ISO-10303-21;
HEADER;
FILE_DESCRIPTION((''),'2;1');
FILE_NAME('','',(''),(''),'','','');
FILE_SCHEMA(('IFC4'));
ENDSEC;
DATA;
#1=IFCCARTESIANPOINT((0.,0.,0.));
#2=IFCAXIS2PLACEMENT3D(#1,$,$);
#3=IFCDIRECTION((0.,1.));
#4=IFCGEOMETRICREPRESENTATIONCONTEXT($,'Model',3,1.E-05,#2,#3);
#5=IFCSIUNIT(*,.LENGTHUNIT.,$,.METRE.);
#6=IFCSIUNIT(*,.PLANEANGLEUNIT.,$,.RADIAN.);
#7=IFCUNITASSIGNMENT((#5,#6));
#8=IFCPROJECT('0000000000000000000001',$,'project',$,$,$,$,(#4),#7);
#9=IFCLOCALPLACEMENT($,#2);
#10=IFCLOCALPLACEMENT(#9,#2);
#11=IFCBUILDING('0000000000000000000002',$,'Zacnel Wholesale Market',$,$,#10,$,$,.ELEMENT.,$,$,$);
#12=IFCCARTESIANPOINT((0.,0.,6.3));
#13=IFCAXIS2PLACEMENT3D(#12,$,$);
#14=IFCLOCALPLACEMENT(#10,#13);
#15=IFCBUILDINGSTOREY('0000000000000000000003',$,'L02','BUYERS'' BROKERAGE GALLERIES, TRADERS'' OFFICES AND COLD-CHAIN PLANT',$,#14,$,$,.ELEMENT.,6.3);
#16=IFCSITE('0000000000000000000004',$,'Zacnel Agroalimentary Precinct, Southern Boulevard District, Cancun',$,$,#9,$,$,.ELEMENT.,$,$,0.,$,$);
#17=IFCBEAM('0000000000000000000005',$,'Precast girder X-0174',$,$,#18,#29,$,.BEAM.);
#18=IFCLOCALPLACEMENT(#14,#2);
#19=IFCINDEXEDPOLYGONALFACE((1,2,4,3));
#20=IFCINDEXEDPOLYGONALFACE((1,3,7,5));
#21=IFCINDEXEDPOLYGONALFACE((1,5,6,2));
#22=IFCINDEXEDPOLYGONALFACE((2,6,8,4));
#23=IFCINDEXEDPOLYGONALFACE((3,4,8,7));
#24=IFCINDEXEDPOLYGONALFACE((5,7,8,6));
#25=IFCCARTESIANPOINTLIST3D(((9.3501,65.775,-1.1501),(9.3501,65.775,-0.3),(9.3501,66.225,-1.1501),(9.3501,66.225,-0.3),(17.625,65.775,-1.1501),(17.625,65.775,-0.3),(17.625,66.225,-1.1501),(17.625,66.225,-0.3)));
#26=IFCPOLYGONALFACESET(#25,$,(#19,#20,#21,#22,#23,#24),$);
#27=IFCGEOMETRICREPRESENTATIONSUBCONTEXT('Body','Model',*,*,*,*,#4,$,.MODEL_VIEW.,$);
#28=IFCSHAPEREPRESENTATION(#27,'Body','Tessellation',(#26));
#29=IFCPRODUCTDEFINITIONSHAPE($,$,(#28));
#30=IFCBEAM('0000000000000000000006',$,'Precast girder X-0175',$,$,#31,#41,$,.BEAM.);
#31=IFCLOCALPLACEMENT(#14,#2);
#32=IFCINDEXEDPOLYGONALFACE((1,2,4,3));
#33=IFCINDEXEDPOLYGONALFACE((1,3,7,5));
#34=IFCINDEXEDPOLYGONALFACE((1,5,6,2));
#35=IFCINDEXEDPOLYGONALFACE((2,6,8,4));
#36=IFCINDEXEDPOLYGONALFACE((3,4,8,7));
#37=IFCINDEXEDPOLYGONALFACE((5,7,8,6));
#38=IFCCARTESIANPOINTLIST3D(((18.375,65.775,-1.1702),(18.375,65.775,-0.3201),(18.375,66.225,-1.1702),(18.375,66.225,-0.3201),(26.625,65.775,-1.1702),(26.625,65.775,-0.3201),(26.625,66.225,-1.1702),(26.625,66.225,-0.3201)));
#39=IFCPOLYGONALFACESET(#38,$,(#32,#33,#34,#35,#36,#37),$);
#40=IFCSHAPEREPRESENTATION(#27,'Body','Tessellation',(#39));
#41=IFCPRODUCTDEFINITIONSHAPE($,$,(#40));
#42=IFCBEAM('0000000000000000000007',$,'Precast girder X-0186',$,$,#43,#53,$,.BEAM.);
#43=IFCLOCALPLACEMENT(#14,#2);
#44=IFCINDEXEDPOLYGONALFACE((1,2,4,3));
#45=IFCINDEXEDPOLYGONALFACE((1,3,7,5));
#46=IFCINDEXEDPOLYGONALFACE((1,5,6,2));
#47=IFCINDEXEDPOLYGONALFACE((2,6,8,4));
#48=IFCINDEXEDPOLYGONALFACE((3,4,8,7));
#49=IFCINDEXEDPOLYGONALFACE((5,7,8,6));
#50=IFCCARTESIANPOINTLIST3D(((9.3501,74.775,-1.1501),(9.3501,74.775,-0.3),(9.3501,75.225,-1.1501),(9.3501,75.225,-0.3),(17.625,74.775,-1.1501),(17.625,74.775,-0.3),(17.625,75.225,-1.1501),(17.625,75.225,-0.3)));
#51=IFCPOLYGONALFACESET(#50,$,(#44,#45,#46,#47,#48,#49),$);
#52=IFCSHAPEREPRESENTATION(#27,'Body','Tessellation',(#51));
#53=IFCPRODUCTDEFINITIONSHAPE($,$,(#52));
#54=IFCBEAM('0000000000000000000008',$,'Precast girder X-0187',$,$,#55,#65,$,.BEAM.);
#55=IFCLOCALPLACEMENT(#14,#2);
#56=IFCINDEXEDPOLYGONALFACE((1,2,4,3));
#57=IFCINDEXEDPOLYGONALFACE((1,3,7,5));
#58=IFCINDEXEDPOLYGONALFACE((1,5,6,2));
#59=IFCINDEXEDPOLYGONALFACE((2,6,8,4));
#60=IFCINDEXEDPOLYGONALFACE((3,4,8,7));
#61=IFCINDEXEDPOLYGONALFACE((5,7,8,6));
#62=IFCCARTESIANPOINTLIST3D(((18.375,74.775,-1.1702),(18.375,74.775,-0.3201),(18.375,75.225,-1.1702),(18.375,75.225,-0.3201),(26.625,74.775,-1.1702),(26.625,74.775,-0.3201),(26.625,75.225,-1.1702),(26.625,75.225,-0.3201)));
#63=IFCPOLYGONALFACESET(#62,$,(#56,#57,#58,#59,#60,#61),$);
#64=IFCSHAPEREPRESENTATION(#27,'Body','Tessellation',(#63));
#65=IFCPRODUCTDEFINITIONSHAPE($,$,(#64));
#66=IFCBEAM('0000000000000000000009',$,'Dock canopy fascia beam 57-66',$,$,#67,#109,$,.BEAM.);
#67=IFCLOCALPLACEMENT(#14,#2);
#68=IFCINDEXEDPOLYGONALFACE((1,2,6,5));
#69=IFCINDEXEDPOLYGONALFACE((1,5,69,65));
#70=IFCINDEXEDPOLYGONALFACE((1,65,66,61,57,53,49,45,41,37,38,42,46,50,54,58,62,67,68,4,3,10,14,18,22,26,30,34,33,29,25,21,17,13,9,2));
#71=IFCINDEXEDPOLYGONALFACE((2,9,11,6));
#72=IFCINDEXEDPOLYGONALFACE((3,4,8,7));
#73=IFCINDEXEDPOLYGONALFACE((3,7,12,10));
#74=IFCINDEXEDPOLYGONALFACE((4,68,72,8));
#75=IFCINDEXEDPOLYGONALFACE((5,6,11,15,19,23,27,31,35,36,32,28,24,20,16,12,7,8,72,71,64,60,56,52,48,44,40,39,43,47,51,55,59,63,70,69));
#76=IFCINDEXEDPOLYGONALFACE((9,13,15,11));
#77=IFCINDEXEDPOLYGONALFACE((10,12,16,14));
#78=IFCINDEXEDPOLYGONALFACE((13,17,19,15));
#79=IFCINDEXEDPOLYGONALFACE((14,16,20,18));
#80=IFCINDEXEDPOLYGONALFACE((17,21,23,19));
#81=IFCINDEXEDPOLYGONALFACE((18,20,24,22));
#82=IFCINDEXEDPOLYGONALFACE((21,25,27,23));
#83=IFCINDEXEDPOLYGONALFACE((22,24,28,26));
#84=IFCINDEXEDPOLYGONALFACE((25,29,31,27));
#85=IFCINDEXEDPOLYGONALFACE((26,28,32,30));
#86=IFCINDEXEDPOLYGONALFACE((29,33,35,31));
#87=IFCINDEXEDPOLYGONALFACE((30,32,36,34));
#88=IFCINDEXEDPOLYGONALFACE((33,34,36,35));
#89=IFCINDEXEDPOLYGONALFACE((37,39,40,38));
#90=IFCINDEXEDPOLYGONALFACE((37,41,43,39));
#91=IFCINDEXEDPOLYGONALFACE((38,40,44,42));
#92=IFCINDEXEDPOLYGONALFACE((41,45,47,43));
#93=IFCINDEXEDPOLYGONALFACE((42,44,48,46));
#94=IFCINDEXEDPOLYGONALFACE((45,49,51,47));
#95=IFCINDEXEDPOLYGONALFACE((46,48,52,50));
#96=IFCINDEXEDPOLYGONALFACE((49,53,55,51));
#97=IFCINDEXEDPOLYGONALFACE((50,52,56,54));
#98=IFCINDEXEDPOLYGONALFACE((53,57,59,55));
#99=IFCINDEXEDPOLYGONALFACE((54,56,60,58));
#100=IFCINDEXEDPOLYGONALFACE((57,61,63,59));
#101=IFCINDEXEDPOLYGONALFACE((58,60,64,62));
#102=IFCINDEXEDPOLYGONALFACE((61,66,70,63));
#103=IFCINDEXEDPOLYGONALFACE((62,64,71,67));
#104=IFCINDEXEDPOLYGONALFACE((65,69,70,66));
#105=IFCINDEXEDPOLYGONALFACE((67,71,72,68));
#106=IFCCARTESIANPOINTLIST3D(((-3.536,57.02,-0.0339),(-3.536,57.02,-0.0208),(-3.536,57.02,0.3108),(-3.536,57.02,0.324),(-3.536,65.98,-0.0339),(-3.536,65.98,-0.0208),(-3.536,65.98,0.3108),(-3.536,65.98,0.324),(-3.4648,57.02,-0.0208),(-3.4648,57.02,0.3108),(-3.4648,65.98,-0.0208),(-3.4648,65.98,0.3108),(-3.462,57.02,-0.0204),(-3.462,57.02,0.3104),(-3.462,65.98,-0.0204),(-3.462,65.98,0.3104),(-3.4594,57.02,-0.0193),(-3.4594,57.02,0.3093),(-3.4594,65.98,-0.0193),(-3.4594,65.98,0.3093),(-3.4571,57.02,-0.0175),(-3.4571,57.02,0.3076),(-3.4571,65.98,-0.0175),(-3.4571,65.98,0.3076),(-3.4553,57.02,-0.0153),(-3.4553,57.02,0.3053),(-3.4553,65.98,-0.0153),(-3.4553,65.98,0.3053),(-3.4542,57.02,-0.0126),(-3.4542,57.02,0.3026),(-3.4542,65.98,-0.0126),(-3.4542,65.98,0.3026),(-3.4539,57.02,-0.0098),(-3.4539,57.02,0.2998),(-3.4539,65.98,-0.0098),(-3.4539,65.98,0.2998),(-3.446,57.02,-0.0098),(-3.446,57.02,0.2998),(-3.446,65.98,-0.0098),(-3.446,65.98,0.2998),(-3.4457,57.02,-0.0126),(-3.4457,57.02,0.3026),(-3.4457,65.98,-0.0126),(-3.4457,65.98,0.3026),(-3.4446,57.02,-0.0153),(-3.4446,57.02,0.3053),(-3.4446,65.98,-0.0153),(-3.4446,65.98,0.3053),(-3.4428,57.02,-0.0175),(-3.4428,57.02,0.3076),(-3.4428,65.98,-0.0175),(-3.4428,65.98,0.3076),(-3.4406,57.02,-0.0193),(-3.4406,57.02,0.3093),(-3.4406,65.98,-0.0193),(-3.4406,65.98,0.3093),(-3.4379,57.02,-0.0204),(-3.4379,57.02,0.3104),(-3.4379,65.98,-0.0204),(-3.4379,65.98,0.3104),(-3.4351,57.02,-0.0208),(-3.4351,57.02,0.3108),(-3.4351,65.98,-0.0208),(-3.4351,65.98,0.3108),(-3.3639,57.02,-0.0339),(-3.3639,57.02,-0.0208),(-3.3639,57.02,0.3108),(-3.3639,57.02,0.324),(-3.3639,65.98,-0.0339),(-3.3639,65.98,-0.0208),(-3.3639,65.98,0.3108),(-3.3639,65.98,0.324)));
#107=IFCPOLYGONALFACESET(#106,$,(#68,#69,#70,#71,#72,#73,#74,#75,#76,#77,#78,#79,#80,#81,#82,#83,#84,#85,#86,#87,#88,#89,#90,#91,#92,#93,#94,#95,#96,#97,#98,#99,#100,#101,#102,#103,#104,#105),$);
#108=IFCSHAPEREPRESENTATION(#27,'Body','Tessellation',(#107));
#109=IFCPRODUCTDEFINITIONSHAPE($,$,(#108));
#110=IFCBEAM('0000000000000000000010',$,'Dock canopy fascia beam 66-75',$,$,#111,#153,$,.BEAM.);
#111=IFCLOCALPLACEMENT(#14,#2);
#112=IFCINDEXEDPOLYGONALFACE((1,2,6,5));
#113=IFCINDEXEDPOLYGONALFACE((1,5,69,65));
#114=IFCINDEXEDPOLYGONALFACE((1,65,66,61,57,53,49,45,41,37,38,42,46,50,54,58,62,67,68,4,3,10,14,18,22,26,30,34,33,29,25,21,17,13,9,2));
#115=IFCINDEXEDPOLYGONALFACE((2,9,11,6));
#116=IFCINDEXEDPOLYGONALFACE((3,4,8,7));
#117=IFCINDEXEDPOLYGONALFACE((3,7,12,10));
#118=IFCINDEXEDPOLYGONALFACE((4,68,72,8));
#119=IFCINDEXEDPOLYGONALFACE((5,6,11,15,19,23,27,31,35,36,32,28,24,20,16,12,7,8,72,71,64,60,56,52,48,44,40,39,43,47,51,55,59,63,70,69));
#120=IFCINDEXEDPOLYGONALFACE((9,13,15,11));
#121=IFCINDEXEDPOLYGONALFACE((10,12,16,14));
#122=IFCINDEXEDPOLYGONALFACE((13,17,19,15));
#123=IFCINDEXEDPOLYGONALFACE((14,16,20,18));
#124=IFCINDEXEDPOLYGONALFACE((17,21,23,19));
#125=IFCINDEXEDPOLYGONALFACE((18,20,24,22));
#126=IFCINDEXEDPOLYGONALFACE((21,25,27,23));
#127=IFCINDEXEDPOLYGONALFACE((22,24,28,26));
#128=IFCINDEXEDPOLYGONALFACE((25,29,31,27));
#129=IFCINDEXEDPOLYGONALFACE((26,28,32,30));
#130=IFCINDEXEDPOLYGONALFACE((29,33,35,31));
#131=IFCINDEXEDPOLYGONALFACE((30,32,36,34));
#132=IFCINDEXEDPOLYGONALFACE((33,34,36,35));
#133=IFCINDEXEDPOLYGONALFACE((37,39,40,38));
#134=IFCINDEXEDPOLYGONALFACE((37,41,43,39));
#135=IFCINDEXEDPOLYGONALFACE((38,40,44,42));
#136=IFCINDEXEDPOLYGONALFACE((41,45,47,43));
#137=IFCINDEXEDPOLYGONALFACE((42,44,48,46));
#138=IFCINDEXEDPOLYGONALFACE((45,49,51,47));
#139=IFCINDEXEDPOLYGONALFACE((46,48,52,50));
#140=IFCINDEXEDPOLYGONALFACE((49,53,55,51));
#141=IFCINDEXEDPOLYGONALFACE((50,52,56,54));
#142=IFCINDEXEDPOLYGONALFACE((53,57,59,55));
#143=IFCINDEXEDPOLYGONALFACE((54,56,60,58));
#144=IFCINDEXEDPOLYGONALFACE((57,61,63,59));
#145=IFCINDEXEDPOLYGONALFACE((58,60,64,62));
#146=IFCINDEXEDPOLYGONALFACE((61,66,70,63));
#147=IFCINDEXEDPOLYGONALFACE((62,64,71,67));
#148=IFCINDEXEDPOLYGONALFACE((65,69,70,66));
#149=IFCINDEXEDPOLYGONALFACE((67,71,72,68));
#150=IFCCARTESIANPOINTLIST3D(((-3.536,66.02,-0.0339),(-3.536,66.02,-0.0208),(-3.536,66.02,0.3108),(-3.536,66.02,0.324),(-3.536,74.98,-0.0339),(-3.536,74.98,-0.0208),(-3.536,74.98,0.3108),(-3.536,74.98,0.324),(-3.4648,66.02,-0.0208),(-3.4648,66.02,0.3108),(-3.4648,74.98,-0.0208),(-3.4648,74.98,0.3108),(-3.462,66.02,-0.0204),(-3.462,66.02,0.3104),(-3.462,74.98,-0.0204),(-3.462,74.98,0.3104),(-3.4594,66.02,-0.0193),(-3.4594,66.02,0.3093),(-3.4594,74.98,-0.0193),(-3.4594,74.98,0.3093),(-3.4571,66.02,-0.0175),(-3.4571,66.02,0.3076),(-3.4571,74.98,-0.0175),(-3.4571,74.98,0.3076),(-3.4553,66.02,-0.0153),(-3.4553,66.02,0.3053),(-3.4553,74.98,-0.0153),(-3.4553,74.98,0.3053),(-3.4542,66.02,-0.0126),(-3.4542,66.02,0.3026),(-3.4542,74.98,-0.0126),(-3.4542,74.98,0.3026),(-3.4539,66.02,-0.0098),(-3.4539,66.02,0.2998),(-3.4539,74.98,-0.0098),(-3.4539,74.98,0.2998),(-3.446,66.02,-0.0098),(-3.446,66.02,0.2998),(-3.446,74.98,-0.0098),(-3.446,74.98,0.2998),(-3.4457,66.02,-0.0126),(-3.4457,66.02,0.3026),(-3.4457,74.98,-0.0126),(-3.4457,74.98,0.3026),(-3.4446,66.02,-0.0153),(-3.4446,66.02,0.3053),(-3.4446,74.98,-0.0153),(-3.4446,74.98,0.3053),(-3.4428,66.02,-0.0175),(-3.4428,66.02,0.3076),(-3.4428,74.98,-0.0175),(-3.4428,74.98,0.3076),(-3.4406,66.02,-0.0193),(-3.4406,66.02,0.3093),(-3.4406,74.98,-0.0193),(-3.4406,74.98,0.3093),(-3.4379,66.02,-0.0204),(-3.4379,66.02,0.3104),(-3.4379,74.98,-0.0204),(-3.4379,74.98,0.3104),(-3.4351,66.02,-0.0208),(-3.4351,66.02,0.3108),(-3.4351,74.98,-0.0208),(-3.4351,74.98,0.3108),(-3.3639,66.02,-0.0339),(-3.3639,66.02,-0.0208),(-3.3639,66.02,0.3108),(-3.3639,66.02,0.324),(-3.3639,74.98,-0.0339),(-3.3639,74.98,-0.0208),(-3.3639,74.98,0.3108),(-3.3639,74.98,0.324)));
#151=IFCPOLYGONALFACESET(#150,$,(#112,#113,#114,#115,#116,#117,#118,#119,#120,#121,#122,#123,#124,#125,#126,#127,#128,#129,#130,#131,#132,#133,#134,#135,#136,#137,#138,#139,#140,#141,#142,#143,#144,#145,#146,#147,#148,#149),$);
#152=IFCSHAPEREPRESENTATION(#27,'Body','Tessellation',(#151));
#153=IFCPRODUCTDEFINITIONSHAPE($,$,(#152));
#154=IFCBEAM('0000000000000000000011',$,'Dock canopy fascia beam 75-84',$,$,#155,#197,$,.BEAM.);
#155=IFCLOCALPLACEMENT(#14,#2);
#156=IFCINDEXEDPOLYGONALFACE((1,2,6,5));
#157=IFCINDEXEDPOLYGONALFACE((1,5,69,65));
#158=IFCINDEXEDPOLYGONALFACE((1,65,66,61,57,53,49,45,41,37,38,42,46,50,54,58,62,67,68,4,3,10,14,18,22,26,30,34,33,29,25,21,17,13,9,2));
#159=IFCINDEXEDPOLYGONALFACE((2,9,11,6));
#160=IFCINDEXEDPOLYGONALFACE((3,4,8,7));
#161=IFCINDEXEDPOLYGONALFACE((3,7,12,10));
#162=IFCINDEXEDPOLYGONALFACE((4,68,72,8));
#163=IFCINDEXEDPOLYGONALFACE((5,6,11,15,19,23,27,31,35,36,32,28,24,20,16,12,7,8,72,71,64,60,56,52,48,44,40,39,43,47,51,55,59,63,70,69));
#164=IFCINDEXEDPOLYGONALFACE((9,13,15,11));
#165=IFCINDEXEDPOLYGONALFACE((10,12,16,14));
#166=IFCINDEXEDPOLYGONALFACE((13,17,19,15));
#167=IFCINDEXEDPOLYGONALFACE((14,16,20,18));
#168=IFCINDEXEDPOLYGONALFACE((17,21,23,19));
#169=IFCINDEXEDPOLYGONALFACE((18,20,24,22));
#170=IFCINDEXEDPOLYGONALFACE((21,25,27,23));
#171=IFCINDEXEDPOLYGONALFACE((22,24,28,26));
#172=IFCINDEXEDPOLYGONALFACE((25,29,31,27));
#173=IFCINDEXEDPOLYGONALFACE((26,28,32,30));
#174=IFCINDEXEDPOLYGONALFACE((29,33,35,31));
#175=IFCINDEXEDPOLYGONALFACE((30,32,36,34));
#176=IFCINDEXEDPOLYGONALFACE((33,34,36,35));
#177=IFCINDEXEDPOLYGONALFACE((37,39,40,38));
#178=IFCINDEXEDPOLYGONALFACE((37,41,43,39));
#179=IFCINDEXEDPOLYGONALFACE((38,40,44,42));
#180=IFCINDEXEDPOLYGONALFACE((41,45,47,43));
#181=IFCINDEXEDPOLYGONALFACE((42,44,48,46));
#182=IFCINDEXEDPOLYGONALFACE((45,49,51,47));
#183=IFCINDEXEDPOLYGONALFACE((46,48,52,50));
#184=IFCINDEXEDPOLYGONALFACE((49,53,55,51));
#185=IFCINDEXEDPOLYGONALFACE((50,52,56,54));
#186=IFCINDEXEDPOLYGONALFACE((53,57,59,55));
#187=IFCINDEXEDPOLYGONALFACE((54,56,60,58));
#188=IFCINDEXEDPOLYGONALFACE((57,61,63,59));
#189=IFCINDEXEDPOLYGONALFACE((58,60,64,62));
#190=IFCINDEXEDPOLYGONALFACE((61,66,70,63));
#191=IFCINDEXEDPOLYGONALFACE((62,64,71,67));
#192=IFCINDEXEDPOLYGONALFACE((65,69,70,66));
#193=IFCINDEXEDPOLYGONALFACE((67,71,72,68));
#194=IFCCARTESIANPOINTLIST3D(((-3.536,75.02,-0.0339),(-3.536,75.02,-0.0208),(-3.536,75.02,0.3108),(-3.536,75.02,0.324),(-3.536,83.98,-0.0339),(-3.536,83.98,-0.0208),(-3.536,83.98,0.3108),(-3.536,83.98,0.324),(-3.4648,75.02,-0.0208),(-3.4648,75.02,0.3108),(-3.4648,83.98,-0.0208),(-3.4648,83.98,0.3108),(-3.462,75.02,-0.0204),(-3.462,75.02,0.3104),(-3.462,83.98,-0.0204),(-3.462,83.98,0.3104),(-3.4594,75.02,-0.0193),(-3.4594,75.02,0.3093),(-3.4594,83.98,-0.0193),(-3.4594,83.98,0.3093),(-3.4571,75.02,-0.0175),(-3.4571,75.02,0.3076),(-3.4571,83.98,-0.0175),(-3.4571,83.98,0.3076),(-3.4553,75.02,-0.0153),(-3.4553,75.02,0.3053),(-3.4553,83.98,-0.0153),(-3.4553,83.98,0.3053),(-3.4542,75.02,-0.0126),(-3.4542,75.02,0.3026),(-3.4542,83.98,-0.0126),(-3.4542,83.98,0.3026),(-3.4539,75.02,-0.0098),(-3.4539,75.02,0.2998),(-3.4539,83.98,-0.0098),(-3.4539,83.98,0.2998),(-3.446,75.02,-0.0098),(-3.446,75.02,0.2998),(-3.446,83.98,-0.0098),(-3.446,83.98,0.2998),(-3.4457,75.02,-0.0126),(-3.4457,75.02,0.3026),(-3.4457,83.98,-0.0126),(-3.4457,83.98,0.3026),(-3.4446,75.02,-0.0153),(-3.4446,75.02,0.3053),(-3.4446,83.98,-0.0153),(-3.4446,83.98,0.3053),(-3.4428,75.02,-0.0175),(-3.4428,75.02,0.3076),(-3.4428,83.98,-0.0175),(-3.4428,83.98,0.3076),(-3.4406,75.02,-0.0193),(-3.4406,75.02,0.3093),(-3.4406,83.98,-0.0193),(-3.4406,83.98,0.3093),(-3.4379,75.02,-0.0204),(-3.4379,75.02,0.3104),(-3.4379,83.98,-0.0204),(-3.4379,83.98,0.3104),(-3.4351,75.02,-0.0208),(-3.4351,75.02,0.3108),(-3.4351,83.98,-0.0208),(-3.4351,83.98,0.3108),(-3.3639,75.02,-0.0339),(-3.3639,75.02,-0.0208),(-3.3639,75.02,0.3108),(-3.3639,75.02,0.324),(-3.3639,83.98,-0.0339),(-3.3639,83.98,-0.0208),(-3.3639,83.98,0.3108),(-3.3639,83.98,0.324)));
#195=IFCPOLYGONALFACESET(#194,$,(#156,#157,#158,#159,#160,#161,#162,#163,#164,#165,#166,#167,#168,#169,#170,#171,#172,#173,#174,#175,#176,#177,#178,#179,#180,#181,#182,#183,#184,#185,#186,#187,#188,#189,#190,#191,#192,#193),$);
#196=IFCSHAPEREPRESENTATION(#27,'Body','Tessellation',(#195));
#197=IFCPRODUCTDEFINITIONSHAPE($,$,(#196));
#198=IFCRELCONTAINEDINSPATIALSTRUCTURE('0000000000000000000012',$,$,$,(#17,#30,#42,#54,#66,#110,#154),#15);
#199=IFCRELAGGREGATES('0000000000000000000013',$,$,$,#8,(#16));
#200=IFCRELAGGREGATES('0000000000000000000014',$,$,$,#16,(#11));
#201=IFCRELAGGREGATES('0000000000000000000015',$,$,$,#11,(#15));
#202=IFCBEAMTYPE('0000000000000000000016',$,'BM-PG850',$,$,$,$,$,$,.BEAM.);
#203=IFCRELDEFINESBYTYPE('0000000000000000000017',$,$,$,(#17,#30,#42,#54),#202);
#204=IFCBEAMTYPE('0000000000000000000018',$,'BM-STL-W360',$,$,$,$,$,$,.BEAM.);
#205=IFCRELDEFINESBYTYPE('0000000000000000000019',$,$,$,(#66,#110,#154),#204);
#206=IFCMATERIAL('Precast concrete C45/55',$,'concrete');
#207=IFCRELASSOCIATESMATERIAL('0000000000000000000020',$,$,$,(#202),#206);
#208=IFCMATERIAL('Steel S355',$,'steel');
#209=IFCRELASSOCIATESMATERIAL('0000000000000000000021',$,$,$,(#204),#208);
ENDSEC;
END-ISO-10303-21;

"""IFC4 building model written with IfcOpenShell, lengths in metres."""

from ifc_helpers import new_model, si_unit, direction, frame, origin, origin_2d, place, context, subcontext, project, spatial, rectangle, i_section, extrude, material, material_profile, profile_set, type_object, element, save


model = new_model("IFC4")

# Units and contexts
model_context = context("Model", 3, precision=1e-05, world=origin(), true_north=direction((0.0, 1.0)))
body_context = subcontext(model_context, "Body", "Model", "MODEL_VIEW")
ifc_project = project(units=[si_unit("LENGTHUNIT", "METRE"), si_unit("PLANEANGLEUNIT", "RADIAN")], contexts=[model_context])

# Site, building, storey
site_placement = place(None, origin())
site = spatial("IfcSite", under=ifc_project, at=site_placement, Name="Zacnel Agroalimentary Precinct, Southern Boulevard District, Cancun", CompositionType="ELEMENT", RefElevation=0.0)
building_placement = place(site_placement, origin())
building = spatial("IfcBuilding", under=site, at=building_placement, Name="Zacnel Wholesale Market", CompositionType="ELEMENT")
storey_placement = place(building_placement, frame((0.0, 0.0, 6.3)))
storey = spatial("IfcBuildingStorey", under=building, at=storey_placement, Name="L02", Description="BUYERS' BROKERAGE GALLERIES, TRADERS' OFFICES AND COLD-CHAIN PLANT", CompositionType="ELEMENT", Elevation=6.3)

# Beams
ifc_material_1 = material(Name="Precast concrete C45/55", Category="concrete")
ifc_material_profile_1 = material_profile(ifc_material_1, rectangle(XDim=0.45, YDim=0.8501, at=origin_2d()), Name="PG 450x850")
ifc_profile_set_1 = profile_set([ifc_material_profile_1], Name="Precast concrete C45/55")
beam_type_1 = type_object("IfcBeamType", Name="BM-PG850", PredefinedType="BEAM", material=ifc_profile_set_1)
beam_1_placement = place(storey_placement, frame((9.3501, 66.0, -0.7251), z_axis=(1.0, 0.0, 0.0), x_axis=(0.0, 1.0, 0.0)))
element("IfcBeam", 1, at=beam_1_placement, inside=storey, type_object=beam_type_1, Name="Precast girder X-0174", PredefinedType="BEAM", context=body_context, shape_type="SweptSolid", body=[
    extrude(rectangle(XDim=0.45, YDim=0.8501, at=origin_2d()), origin(), (0.0, 0.0, 1.0), 8.2749),
])
beam_2_placement = place(storey_placement, frame((18.375, 66.0, -0.7451), z_axis=(1.0, 0.0, 0.0), x_axis=(0.0, 1.0, 0.0)))
element("IfcBeam", 2, at=beam_2_placement, inside=storey, type_object=beam_type_1, Name="Precast girder X-0175", PredefinedType="BEAM", context=body_context, shape_type="SweptSolid", body=[
    extrude(rectangle(XDim=0.45, YDim=0.8501, at=origin_2d()), origin(), (0.0, 0.0, 1.0), 8.25),
])
beam_3_placement = place(storey_placement, frame((9.3501, 75.0, -0.7251), z_axis=(1.0, 0.0, 0.0), x_axis=(0.0, 1.0, 0.0)))
element("IfcBeam", 3, at=beam_3_placement, inside=storey, type_object=beam_type_1, Name="Precast girder X-0186", PredefinedType="BEAM", context=body_context, shape_type="SweptSolid", body=[
    extrude(rectangle(XDim=0.45, YDim=0.8501, at=origin_2d()), origin(), (0.0, 0.0, 1.0), 8.2749),
])
beam_4_placement = place(storey_placement, frame((18.375, 75.0, -0.7451), z_axis=(1.0, 0.0, 0.0), x_axis=(0.0, 1.0, 0.0)))
element("IfcBeam", 4, at=beam_4_placement, inside=storey, type_object=beam_type_1, Name="Precast girder X-0187", PredefinedType="BEAM", context=body_context, shape_type="SweptSolid", body=[
    extrude(rectangle(XDim=0.45, YDim=0.8501, at=origin_2d()), origin(), (0.0, 0.0, 1.0), 8.25),
])
ifc_material_2 = material(Name="Steel S355", Category="steel")
ifc_material_profile_2 = material_profile(ifc_material_2, i_section(OverallWidth=0.1721, OverallDepth=0.3579, WebThickness=0.0078, FlangeThickness=0.0132, FilletRadius=0.011, at=origin_2d()), Name="W360X57.8")
ifc_profile_set_2 = profile_set([ifc_material_profile_2], Name="Steel S355")
beam_type_2 = type_object("IfcBeamType", Name="BM-STL-W360", PredefinedType="BEAM", material=ifc_profile_set_2)
for number, where, z_axis, x_axis, name in (
    (5, (-3.45, 57.02, 0.145), (0.0, 1.0, 0.0), (-1.0, 0.0, 0.0), "Dock canopy fascia beam 57-66"),
    (6, (-3.45, 66.02, 0.145), (0.0, 1.0, 0.0), (-1.0, 0.0, 0.0), "Dock canopy fascia beam 66-75"),
    (7, (-3.45, 75.02, 0.145), (0.0, 1.0, 0.0), (-1.0, 0.0, 0.0), "Dock canopy fascia beam 75-84"),
):
    element("IfcBeam", number, at=place(storey_placement, frame(where, z_axis=z_axis, x_axis=x_axis)), inside=storey, type_object=beam_type_2, Name=name, PredefinedType="BEAM", context=body_context, shape_type="SweptSolid", body=[
        extrude(i_section(OverallWidth=0.1721, OverallDepth=0.3579, WebThickness=0.0078, FlangeThickness=0.0132, FilletRadius=0.011, at=origin_2d()), origin(), (0.0, 0.0, 1.0), 8.96),
    ])

save(model, "model.ifc")
